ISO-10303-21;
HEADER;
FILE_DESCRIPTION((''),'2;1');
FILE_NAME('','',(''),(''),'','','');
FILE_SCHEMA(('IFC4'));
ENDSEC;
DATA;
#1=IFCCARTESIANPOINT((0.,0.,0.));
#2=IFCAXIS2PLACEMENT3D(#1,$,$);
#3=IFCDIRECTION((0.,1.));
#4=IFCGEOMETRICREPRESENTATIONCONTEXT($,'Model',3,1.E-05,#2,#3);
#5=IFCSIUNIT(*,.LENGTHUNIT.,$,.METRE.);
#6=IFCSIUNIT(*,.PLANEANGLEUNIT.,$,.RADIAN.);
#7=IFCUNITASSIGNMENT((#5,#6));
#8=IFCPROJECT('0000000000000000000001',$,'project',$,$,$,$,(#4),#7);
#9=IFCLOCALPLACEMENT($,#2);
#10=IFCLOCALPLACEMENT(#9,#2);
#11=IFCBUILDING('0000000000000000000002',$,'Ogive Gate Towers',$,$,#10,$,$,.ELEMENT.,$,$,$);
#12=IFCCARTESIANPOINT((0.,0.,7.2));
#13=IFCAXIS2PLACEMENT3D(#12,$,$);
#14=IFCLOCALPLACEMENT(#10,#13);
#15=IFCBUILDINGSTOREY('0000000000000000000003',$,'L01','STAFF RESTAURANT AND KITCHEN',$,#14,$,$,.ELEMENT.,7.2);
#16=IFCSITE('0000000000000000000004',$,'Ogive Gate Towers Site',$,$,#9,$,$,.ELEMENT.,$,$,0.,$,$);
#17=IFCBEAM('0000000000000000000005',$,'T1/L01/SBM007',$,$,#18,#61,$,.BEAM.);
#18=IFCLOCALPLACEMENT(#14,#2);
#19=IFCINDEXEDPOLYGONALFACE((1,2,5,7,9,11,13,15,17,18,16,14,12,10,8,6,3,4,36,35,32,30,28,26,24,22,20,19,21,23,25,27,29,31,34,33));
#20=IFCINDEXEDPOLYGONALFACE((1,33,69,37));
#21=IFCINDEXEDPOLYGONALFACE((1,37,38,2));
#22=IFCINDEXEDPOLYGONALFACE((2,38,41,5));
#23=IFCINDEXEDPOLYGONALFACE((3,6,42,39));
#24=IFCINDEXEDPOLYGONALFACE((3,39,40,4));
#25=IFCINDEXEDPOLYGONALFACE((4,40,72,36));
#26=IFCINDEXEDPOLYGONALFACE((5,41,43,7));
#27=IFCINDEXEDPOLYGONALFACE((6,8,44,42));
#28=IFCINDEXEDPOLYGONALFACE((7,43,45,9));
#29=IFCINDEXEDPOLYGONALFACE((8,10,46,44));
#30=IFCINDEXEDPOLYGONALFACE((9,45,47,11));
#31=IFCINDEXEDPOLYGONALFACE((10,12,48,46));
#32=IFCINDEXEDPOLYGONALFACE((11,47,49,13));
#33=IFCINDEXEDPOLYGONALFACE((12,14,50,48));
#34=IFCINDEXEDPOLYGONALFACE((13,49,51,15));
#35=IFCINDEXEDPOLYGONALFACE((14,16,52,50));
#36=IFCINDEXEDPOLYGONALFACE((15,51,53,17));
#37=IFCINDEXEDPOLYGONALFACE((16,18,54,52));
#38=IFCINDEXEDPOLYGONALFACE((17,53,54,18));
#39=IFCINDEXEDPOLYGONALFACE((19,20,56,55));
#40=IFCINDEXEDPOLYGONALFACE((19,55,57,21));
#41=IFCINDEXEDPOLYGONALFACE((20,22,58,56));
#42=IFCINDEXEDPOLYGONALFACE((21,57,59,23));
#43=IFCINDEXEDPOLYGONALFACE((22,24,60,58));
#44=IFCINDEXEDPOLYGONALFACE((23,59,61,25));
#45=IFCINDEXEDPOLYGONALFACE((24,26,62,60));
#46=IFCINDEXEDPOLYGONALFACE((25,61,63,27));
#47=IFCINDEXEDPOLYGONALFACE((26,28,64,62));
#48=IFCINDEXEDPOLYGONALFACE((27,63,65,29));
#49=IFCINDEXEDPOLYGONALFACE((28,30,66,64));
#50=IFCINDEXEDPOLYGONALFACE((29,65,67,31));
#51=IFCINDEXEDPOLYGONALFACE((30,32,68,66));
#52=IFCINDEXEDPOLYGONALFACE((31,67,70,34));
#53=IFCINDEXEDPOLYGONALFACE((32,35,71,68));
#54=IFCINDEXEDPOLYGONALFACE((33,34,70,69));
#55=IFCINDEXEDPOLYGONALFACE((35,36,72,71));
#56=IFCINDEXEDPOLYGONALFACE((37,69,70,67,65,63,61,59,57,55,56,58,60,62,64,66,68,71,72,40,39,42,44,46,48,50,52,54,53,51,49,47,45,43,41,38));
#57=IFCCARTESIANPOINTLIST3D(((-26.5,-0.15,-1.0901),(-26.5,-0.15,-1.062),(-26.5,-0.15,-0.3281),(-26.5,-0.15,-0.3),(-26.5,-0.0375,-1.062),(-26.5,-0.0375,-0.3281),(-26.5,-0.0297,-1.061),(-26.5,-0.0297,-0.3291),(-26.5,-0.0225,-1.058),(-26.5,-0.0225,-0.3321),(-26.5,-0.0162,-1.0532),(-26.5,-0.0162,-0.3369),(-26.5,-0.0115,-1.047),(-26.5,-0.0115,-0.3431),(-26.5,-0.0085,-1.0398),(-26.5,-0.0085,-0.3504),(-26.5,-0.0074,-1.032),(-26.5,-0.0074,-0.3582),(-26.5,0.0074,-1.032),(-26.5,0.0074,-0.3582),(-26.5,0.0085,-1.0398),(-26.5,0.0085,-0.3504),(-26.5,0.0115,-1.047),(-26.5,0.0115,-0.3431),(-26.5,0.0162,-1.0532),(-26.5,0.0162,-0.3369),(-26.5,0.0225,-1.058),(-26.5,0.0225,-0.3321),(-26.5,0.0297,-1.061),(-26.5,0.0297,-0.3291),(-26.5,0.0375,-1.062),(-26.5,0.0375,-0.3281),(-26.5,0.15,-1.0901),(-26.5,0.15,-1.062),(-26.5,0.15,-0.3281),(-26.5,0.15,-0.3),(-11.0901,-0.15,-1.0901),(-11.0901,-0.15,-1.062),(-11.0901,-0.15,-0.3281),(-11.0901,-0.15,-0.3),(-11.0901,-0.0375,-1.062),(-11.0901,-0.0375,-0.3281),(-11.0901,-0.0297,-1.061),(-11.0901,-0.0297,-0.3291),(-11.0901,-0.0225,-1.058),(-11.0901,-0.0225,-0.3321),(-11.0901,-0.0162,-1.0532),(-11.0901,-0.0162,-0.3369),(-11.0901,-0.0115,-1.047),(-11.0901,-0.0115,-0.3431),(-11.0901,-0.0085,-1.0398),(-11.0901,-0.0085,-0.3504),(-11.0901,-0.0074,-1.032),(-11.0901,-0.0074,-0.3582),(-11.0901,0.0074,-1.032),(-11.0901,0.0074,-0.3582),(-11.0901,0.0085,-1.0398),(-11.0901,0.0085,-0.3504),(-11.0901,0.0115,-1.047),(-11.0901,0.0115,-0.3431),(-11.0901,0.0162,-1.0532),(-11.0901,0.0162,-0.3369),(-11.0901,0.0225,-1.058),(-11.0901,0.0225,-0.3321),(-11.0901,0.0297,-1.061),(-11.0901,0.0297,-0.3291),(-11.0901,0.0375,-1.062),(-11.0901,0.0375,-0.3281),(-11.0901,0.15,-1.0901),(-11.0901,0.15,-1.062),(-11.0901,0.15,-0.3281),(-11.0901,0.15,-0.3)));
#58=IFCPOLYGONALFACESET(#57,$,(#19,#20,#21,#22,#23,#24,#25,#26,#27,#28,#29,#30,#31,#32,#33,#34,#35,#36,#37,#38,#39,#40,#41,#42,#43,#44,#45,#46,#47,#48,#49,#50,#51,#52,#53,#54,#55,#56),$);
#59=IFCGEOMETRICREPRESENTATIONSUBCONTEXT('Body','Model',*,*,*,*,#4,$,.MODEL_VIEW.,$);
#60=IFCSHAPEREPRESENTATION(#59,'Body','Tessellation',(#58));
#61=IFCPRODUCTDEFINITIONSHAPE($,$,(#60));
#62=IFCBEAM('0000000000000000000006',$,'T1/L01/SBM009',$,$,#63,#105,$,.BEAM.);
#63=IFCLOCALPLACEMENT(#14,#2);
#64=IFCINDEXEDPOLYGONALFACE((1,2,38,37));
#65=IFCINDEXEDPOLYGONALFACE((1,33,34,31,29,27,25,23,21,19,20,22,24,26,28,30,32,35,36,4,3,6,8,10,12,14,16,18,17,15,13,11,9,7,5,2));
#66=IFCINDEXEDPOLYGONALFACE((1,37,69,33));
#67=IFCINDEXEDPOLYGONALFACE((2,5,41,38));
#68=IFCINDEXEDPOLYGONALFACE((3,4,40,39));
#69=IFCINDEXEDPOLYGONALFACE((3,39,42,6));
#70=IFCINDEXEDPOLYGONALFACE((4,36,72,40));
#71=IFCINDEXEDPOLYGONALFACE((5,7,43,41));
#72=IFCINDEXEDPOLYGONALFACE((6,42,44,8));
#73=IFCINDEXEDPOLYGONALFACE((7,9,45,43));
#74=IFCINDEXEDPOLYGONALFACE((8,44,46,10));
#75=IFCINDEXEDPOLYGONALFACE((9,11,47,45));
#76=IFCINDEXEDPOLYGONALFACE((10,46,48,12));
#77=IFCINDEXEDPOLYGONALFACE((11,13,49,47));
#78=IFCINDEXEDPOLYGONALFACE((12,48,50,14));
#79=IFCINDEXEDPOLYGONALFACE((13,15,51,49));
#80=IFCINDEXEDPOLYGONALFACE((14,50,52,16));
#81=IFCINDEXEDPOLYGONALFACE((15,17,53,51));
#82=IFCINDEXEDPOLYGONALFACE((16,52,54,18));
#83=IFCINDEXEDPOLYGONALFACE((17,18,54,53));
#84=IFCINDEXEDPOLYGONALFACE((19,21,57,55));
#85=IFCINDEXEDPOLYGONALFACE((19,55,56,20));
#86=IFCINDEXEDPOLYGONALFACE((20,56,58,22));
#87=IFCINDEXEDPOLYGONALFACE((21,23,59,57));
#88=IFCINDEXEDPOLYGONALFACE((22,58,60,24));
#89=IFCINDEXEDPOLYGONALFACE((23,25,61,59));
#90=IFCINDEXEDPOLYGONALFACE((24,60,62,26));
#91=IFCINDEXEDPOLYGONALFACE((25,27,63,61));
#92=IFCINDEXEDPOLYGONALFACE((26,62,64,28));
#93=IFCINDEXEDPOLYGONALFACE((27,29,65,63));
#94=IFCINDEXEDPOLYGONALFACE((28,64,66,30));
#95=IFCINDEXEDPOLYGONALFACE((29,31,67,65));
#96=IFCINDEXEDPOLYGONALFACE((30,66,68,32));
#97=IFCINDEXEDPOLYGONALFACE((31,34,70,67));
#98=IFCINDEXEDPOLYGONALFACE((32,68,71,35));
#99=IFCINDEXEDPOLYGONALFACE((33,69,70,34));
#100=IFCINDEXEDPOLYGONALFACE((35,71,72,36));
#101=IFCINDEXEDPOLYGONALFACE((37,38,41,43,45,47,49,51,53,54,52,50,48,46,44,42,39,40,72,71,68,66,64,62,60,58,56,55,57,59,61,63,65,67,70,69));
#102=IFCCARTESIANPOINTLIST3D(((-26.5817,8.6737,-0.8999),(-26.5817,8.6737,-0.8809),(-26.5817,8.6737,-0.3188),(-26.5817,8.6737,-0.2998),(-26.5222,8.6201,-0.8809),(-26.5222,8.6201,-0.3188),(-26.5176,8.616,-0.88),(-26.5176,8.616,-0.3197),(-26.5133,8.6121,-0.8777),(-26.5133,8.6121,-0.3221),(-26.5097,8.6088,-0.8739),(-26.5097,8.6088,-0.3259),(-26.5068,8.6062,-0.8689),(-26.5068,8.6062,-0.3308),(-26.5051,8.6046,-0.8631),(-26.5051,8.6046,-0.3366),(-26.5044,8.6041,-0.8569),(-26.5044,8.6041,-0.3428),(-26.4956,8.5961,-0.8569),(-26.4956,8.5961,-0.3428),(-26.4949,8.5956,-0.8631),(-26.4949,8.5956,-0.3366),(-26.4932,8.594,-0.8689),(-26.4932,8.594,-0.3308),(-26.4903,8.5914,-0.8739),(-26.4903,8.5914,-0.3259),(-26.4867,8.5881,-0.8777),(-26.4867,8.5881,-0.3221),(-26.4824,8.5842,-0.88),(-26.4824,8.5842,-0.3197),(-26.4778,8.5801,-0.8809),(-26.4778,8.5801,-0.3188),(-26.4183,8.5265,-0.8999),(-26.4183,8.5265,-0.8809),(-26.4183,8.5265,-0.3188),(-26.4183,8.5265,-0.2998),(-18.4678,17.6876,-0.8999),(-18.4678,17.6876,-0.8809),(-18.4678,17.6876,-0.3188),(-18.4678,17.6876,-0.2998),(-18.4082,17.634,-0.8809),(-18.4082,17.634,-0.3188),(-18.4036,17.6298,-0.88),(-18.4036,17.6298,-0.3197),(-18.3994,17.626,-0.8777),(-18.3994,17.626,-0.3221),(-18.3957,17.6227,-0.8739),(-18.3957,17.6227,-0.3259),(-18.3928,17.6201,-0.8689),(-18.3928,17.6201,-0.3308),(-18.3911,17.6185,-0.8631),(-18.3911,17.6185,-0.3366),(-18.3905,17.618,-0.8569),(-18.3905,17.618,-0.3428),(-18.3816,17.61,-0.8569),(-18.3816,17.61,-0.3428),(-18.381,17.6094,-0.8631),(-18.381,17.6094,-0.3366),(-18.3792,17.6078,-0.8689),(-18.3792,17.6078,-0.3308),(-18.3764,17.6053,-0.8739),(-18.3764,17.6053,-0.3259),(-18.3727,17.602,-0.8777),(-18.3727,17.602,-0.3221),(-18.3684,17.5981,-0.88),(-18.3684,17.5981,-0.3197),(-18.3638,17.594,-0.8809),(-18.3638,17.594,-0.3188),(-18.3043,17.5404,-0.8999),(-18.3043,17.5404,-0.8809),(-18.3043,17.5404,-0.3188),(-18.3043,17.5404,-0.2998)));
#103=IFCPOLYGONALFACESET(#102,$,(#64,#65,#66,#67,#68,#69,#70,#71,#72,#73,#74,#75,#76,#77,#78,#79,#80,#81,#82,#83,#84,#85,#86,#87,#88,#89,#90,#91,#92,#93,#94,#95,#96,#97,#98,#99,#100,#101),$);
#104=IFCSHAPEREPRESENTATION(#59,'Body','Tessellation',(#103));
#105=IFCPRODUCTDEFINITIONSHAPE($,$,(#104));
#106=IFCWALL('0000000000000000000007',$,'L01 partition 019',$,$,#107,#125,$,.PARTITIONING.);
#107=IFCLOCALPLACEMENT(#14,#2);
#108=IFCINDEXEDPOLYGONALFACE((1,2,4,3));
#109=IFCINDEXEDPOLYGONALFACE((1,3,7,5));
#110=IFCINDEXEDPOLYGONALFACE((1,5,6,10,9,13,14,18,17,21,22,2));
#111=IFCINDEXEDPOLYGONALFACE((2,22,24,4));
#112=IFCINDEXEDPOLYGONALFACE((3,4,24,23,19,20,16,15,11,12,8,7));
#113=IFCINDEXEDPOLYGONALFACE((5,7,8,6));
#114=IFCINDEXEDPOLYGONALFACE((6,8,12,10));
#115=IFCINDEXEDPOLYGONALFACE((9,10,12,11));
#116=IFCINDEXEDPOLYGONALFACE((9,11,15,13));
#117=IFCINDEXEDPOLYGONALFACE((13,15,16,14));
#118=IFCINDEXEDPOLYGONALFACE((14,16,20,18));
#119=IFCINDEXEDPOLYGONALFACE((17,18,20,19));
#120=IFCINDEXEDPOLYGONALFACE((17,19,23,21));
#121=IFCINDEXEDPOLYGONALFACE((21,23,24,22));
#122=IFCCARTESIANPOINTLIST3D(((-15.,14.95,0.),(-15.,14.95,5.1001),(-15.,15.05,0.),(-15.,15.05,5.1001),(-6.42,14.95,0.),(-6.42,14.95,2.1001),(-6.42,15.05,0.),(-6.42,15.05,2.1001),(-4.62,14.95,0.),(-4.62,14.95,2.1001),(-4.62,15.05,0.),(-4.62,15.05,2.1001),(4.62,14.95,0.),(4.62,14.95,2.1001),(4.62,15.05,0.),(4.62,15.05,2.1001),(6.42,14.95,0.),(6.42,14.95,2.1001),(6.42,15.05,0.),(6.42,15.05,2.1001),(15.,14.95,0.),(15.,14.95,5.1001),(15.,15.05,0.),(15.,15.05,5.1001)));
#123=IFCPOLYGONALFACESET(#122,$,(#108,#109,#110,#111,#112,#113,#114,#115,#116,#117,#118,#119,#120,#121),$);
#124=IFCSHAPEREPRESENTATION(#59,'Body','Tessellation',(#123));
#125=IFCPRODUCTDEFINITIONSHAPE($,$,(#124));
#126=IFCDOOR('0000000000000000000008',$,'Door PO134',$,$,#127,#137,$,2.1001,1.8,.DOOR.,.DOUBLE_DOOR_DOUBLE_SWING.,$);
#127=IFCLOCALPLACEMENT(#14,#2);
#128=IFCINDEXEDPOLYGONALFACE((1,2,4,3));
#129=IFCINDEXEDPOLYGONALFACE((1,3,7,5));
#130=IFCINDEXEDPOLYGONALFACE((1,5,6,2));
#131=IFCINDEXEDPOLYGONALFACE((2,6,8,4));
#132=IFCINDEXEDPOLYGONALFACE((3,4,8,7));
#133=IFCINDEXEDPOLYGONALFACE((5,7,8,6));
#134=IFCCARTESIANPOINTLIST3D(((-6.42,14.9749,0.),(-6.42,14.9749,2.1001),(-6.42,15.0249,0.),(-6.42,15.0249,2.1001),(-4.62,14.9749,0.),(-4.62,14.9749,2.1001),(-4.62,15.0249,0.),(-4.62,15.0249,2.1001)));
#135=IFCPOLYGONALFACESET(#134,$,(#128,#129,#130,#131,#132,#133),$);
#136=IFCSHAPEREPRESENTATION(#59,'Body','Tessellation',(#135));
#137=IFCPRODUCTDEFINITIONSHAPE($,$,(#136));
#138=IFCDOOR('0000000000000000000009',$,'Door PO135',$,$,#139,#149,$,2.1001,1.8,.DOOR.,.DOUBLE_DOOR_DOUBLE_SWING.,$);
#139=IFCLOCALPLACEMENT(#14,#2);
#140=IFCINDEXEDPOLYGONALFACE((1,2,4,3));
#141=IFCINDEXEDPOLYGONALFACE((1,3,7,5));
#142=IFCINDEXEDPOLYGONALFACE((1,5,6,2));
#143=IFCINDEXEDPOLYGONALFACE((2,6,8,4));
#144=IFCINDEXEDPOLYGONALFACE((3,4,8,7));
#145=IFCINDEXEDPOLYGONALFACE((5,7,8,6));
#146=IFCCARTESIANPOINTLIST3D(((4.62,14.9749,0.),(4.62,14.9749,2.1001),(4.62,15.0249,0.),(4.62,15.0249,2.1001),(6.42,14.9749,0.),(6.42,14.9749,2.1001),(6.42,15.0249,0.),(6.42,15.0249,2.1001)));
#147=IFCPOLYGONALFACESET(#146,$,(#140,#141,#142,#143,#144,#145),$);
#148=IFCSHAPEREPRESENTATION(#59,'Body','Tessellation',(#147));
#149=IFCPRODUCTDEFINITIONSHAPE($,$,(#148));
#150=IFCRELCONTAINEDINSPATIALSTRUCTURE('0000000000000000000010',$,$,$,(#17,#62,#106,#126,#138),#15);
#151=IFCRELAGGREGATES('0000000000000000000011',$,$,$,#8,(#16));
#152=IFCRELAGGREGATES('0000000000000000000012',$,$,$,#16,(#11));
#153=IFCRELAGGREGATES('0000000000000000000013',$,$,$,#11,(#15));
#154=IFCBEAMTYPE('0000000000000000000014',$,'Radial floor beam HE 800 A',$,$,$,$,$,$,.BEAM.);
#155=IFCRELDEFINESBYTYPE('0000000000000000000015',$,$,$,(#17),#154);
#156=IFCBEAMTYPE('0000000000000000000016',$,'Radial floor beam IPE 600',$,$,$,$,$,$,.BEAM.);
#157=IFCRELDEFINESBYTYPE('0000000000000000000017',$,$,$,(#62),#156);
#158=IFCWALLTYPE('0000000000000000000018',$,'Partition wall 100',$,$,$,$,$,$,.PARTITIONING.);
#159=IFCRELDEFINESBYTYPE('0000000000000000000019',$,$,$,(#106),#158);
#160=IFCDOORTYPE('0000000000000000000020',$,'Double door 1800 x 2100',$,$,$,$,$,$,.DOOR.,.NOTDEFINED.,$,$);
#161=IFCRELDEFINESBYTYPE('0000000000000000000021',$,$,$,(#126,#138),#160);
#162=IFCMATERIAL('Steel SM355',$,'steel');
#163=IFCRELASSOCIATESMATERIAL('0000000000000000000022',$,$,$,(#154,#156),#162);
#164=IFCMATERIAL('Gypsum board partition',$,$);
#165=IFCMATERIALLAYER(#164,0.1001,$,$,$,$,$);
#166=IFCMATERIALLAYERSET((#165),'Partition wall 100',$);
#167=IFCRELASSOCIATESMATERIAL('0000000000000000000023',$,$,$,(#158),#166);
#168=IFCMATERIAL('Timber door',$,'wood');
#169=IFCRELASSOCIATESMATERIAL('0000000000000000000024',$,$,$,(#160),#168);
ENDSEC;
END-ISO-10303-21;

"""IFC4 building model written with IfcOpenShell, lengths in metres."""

from ifc_helpers import new_model, si_unit, direction, frame, frame_2d, origin, origin_2d, place, context, subcontext, project, spatial, rectangle, i_section, extrude, material, layer, layer_set, material_profile, profile_set, type_object, element, fill, save


model = new_model("IFC4")

# Units and contexts
model_context = context("Model", 3, precision=1e-05, world=origin(), true_north=direction((0.0, 1.0)))
body_context = subcontext(model_context, "Body", "Model", "MODEL_VIEW")
ifc_project = project(units=[si_unit("LENGTHUNIT", "METRE"), si_unit("PLANEANGLEUNIT", "RADIAN")], contexts=[model_context])

# Site, building, storey
site_placement = place(None, origin())
site = spatial("IfcSite", under=ifc_project, at=site_placement, Name="Ogive Gate Towers Site", CompositionType="ELEMENT", RefElevation=0.0)
building_placement = place(site_placement, origin())
building = spatial("IfcBuilding", under=site, at=building_placement, Name="Ogive Gate Towers", CompositionType="ELEMENT")
storey_placement = place(building_placement, frame((0.0, 0.0, 7.2)))
storey = spatial("IfcBuildingStorey", under=building, at=storey_placement, Name="L01", Description="STAFF RESTAURANT AND KITCHEN", CompositionType="ELEMENT", Elevation=7.2)

# Beams
ifc_material_1 = material(Name="Steel SM355", Category="steel")
ifc_material_profile_1 = material_profile(ifc_material_1, i_section(OverallWidth=0.3, OverallDepth=0.79, WebThickness=0.0149, FlangeThickness=0.0281, FilletRadius=0.03, at=origin_2d()), Name="HE 800 A")
ifc_profile_set_1 = profile_set([ifc_material_profile_1], Name="Steel SM355")
beam_type_1 = type_object("IfcBeamType", Name="Radial floor beam HE 800 A", PredefinedType="BEAM", material=ifc_profile_set_1)
beam_1_placement = place(storey_placement, frame((-26.5, 0.0, -0.6951), z_axis=(1.0, 0.0, 0.0), x_axis=(0.0, 1.0, 0.0)))
element("IfcBeam", 1, at=beam_1_placement, inside=storey, type_object=beam_type_1, Name="T1/L01/SBM007", PredefinedType="BEAM", context=body_context, shape_type="SweptSolid", body=[
    extrude(i_section(OverallWidth=0.3, OverallDepth=0.79, WebThickness=0.0149, FlangeThickness=0.0281, FilletRadius=0.03, at=origin_2d()), origin(), (0.0, 0.0, 1.0), 15.4099),
])
ifc_material_profile_2 = material_profile(ifc_material_1, i_section(OverallWidth=0.22, OverallDepth=0.6001, WebThickness=0.012, FlangeThickness=0.019, FilletRadius=0.0239, at=origin_2d()), Name="IPE 600")
ifc_profile_set_2 = profile_set([ifc_material_profile_2], Name="Steel SM355")
beam_type_2 = type_object("IfcBeamType", Name="Radial floor beam IPE 600", PredefinedType="BEAM", material=ifc_profile_set_2)
beam_2_placement = place(storey_placement, frame((-26.5, 8.6001, -0.5999), z_axis=(0.669033, 0.743233, 0.0), x_axis=(-0.743233, 0.669033, 0.0)))
element("IfcBeam", 2, at=beam_2_placement, inside=storey, type_object=beam_type_2, Name="T1/L01/SBM009", PredefinedType="BEAM", context=body_context, shape_type="SweptSolid", body=[
    extrude(i_section(OverallWidth=0.22, OverallDepth=0.6001, WebThickness=0.012, FlangeThickness=0.019, FilletRadius=0.0239, at=origin_2d()), origin(), (0.0, 0.0, 1.0), 12.1279),
])

# Wall, openings, doors
ifc_material_2 = material(Name="Gypsum board partition")
ifc_layer = layer(ifc_material_2, 0.1001)
ifc_layer_set = layer_set([ifc_layer], Name="Partition wall 100")
wall_type = type_object("IfcWallType", Name="Partition wall 100", PredefinedType="PARTITIONING", material=ifc_layer_set)
wall_placement = place(storey_placement, frame((-15.0, 15.0, 0.0), z_axis=(0.0, 0.0, 1.0), x_axis=(1.0, 0.0, 0.0)))
wall = element("IfcWall", 3, at=wall_placement, inside=storey, type_object=wall_type, Name="L01 partition 019", PredefinedType="PARTITIONING", context=body_context, shape_type="SweptSolid", body=[
    extrude(rectangle(XDim=30.0, YDim=0.1001, at=frame_2d((15.0, 0.0))), origin(), (0.0, 0.0, 1.0), 5.1001),
])
opening_1_placement = place(wall_placement, frame((8.5801, 0.0, 0.0)))
opening_1 = element("IfcOpeningElement", 4, at=opening_1_placement, cuts=wall, PredefinedType="OPENING", context=body_context, shape_type="SweptSolid", body=[
    extrude(rectangle(XDim=1.8, YDim=2.1001, at=frame_2d((0.8999, 1.05))), frame((0.0, 0.0601, 0.0), z_axis=(0.0, -1.0, 0.0), x_axis=(1.0, 0.0, 0.0)), (0.0, 0.0, 1.0), 0.1201),
])
opening_2_placement = place(wall_placement, frame((19.6201, 0.0, 0.0)))
opening_2 = element("IfcOpeningElement", 5, at=opening_2_placement, cuts=wall, PredefinedType="OPENING", context=body_context, shape_type="SweptSolid", body=[
    extrude(rectangle(XDim=1.8, YDim=2.1001, at=frame_2d((0.8999, 1.05))), frame((0.0, 0.0601, 0.0), z_axis=(0.0, -1.0, 0.0), x_axis=(1.0, 0.0, 0.0)), (0.0, 0.0, 1.0), 0.1201),
])
ifc_material_3 = material(Name="Timber door", Category="wood")
door_type = type_object("IfcDoorType", Name="Double door 1800 x 2100", OperationType="NOTDEFINED", PredefinedType="DOOR", material=ifc_material_3)
door_1_placement = place(opening_1_placement, origin())
door_1 = element("IfcDoor", 6, at=door_1_placement, inside=storey, type_object=door_type, Name="Door PO134", OperationType="DOUBLE_DOOR_DOUBLE_SWING", OverallHeight=2.1001, OverallWidth=1.8, PredefinedType="DOOR", context=body_context, shape_type="SweptSolid", body=[
    extrude(rectangle(XDim=1.8, YDim=2.1001, at=frame_2d((0.8999, 1.05))), frame((0.0, 0.0249, 0.0), z_axis=(0.0, -1.0, 0.0), x_axis=(1.0, 0.0, 0.0)), (0.0, 0.0, 1.0), 0.05),
])
fill(opening_1, door_1)
door_2_placement = place(opening_2_placement, origin())
door_2 = element("IfcDoor", 7, at=door_2_placement, inside=storey, type_object=door_type, Name="Door PO135", OperationType="DOUBLE_DOOR_DOUBLE_SWING", OverallHeight=2.1001, OverallWidth=1.8, PredefinedType="DOOR", context=body_context, shape_type="SweptSolid", body=[
    extrude(rectangle(XDim=1.8, YDim=2.1001, at=frame_2d((0.8999, 1.05))), frame((0.0, 0.0249, 0.0), z_axis=(0.0, -1.0, 0.0), x_axis=(1.0, 0.0, 0.0)), (0.0, 0.0, 1.0), 0.05),
])
fill(opening_2, door_2)

save(model, "model.ifc")
